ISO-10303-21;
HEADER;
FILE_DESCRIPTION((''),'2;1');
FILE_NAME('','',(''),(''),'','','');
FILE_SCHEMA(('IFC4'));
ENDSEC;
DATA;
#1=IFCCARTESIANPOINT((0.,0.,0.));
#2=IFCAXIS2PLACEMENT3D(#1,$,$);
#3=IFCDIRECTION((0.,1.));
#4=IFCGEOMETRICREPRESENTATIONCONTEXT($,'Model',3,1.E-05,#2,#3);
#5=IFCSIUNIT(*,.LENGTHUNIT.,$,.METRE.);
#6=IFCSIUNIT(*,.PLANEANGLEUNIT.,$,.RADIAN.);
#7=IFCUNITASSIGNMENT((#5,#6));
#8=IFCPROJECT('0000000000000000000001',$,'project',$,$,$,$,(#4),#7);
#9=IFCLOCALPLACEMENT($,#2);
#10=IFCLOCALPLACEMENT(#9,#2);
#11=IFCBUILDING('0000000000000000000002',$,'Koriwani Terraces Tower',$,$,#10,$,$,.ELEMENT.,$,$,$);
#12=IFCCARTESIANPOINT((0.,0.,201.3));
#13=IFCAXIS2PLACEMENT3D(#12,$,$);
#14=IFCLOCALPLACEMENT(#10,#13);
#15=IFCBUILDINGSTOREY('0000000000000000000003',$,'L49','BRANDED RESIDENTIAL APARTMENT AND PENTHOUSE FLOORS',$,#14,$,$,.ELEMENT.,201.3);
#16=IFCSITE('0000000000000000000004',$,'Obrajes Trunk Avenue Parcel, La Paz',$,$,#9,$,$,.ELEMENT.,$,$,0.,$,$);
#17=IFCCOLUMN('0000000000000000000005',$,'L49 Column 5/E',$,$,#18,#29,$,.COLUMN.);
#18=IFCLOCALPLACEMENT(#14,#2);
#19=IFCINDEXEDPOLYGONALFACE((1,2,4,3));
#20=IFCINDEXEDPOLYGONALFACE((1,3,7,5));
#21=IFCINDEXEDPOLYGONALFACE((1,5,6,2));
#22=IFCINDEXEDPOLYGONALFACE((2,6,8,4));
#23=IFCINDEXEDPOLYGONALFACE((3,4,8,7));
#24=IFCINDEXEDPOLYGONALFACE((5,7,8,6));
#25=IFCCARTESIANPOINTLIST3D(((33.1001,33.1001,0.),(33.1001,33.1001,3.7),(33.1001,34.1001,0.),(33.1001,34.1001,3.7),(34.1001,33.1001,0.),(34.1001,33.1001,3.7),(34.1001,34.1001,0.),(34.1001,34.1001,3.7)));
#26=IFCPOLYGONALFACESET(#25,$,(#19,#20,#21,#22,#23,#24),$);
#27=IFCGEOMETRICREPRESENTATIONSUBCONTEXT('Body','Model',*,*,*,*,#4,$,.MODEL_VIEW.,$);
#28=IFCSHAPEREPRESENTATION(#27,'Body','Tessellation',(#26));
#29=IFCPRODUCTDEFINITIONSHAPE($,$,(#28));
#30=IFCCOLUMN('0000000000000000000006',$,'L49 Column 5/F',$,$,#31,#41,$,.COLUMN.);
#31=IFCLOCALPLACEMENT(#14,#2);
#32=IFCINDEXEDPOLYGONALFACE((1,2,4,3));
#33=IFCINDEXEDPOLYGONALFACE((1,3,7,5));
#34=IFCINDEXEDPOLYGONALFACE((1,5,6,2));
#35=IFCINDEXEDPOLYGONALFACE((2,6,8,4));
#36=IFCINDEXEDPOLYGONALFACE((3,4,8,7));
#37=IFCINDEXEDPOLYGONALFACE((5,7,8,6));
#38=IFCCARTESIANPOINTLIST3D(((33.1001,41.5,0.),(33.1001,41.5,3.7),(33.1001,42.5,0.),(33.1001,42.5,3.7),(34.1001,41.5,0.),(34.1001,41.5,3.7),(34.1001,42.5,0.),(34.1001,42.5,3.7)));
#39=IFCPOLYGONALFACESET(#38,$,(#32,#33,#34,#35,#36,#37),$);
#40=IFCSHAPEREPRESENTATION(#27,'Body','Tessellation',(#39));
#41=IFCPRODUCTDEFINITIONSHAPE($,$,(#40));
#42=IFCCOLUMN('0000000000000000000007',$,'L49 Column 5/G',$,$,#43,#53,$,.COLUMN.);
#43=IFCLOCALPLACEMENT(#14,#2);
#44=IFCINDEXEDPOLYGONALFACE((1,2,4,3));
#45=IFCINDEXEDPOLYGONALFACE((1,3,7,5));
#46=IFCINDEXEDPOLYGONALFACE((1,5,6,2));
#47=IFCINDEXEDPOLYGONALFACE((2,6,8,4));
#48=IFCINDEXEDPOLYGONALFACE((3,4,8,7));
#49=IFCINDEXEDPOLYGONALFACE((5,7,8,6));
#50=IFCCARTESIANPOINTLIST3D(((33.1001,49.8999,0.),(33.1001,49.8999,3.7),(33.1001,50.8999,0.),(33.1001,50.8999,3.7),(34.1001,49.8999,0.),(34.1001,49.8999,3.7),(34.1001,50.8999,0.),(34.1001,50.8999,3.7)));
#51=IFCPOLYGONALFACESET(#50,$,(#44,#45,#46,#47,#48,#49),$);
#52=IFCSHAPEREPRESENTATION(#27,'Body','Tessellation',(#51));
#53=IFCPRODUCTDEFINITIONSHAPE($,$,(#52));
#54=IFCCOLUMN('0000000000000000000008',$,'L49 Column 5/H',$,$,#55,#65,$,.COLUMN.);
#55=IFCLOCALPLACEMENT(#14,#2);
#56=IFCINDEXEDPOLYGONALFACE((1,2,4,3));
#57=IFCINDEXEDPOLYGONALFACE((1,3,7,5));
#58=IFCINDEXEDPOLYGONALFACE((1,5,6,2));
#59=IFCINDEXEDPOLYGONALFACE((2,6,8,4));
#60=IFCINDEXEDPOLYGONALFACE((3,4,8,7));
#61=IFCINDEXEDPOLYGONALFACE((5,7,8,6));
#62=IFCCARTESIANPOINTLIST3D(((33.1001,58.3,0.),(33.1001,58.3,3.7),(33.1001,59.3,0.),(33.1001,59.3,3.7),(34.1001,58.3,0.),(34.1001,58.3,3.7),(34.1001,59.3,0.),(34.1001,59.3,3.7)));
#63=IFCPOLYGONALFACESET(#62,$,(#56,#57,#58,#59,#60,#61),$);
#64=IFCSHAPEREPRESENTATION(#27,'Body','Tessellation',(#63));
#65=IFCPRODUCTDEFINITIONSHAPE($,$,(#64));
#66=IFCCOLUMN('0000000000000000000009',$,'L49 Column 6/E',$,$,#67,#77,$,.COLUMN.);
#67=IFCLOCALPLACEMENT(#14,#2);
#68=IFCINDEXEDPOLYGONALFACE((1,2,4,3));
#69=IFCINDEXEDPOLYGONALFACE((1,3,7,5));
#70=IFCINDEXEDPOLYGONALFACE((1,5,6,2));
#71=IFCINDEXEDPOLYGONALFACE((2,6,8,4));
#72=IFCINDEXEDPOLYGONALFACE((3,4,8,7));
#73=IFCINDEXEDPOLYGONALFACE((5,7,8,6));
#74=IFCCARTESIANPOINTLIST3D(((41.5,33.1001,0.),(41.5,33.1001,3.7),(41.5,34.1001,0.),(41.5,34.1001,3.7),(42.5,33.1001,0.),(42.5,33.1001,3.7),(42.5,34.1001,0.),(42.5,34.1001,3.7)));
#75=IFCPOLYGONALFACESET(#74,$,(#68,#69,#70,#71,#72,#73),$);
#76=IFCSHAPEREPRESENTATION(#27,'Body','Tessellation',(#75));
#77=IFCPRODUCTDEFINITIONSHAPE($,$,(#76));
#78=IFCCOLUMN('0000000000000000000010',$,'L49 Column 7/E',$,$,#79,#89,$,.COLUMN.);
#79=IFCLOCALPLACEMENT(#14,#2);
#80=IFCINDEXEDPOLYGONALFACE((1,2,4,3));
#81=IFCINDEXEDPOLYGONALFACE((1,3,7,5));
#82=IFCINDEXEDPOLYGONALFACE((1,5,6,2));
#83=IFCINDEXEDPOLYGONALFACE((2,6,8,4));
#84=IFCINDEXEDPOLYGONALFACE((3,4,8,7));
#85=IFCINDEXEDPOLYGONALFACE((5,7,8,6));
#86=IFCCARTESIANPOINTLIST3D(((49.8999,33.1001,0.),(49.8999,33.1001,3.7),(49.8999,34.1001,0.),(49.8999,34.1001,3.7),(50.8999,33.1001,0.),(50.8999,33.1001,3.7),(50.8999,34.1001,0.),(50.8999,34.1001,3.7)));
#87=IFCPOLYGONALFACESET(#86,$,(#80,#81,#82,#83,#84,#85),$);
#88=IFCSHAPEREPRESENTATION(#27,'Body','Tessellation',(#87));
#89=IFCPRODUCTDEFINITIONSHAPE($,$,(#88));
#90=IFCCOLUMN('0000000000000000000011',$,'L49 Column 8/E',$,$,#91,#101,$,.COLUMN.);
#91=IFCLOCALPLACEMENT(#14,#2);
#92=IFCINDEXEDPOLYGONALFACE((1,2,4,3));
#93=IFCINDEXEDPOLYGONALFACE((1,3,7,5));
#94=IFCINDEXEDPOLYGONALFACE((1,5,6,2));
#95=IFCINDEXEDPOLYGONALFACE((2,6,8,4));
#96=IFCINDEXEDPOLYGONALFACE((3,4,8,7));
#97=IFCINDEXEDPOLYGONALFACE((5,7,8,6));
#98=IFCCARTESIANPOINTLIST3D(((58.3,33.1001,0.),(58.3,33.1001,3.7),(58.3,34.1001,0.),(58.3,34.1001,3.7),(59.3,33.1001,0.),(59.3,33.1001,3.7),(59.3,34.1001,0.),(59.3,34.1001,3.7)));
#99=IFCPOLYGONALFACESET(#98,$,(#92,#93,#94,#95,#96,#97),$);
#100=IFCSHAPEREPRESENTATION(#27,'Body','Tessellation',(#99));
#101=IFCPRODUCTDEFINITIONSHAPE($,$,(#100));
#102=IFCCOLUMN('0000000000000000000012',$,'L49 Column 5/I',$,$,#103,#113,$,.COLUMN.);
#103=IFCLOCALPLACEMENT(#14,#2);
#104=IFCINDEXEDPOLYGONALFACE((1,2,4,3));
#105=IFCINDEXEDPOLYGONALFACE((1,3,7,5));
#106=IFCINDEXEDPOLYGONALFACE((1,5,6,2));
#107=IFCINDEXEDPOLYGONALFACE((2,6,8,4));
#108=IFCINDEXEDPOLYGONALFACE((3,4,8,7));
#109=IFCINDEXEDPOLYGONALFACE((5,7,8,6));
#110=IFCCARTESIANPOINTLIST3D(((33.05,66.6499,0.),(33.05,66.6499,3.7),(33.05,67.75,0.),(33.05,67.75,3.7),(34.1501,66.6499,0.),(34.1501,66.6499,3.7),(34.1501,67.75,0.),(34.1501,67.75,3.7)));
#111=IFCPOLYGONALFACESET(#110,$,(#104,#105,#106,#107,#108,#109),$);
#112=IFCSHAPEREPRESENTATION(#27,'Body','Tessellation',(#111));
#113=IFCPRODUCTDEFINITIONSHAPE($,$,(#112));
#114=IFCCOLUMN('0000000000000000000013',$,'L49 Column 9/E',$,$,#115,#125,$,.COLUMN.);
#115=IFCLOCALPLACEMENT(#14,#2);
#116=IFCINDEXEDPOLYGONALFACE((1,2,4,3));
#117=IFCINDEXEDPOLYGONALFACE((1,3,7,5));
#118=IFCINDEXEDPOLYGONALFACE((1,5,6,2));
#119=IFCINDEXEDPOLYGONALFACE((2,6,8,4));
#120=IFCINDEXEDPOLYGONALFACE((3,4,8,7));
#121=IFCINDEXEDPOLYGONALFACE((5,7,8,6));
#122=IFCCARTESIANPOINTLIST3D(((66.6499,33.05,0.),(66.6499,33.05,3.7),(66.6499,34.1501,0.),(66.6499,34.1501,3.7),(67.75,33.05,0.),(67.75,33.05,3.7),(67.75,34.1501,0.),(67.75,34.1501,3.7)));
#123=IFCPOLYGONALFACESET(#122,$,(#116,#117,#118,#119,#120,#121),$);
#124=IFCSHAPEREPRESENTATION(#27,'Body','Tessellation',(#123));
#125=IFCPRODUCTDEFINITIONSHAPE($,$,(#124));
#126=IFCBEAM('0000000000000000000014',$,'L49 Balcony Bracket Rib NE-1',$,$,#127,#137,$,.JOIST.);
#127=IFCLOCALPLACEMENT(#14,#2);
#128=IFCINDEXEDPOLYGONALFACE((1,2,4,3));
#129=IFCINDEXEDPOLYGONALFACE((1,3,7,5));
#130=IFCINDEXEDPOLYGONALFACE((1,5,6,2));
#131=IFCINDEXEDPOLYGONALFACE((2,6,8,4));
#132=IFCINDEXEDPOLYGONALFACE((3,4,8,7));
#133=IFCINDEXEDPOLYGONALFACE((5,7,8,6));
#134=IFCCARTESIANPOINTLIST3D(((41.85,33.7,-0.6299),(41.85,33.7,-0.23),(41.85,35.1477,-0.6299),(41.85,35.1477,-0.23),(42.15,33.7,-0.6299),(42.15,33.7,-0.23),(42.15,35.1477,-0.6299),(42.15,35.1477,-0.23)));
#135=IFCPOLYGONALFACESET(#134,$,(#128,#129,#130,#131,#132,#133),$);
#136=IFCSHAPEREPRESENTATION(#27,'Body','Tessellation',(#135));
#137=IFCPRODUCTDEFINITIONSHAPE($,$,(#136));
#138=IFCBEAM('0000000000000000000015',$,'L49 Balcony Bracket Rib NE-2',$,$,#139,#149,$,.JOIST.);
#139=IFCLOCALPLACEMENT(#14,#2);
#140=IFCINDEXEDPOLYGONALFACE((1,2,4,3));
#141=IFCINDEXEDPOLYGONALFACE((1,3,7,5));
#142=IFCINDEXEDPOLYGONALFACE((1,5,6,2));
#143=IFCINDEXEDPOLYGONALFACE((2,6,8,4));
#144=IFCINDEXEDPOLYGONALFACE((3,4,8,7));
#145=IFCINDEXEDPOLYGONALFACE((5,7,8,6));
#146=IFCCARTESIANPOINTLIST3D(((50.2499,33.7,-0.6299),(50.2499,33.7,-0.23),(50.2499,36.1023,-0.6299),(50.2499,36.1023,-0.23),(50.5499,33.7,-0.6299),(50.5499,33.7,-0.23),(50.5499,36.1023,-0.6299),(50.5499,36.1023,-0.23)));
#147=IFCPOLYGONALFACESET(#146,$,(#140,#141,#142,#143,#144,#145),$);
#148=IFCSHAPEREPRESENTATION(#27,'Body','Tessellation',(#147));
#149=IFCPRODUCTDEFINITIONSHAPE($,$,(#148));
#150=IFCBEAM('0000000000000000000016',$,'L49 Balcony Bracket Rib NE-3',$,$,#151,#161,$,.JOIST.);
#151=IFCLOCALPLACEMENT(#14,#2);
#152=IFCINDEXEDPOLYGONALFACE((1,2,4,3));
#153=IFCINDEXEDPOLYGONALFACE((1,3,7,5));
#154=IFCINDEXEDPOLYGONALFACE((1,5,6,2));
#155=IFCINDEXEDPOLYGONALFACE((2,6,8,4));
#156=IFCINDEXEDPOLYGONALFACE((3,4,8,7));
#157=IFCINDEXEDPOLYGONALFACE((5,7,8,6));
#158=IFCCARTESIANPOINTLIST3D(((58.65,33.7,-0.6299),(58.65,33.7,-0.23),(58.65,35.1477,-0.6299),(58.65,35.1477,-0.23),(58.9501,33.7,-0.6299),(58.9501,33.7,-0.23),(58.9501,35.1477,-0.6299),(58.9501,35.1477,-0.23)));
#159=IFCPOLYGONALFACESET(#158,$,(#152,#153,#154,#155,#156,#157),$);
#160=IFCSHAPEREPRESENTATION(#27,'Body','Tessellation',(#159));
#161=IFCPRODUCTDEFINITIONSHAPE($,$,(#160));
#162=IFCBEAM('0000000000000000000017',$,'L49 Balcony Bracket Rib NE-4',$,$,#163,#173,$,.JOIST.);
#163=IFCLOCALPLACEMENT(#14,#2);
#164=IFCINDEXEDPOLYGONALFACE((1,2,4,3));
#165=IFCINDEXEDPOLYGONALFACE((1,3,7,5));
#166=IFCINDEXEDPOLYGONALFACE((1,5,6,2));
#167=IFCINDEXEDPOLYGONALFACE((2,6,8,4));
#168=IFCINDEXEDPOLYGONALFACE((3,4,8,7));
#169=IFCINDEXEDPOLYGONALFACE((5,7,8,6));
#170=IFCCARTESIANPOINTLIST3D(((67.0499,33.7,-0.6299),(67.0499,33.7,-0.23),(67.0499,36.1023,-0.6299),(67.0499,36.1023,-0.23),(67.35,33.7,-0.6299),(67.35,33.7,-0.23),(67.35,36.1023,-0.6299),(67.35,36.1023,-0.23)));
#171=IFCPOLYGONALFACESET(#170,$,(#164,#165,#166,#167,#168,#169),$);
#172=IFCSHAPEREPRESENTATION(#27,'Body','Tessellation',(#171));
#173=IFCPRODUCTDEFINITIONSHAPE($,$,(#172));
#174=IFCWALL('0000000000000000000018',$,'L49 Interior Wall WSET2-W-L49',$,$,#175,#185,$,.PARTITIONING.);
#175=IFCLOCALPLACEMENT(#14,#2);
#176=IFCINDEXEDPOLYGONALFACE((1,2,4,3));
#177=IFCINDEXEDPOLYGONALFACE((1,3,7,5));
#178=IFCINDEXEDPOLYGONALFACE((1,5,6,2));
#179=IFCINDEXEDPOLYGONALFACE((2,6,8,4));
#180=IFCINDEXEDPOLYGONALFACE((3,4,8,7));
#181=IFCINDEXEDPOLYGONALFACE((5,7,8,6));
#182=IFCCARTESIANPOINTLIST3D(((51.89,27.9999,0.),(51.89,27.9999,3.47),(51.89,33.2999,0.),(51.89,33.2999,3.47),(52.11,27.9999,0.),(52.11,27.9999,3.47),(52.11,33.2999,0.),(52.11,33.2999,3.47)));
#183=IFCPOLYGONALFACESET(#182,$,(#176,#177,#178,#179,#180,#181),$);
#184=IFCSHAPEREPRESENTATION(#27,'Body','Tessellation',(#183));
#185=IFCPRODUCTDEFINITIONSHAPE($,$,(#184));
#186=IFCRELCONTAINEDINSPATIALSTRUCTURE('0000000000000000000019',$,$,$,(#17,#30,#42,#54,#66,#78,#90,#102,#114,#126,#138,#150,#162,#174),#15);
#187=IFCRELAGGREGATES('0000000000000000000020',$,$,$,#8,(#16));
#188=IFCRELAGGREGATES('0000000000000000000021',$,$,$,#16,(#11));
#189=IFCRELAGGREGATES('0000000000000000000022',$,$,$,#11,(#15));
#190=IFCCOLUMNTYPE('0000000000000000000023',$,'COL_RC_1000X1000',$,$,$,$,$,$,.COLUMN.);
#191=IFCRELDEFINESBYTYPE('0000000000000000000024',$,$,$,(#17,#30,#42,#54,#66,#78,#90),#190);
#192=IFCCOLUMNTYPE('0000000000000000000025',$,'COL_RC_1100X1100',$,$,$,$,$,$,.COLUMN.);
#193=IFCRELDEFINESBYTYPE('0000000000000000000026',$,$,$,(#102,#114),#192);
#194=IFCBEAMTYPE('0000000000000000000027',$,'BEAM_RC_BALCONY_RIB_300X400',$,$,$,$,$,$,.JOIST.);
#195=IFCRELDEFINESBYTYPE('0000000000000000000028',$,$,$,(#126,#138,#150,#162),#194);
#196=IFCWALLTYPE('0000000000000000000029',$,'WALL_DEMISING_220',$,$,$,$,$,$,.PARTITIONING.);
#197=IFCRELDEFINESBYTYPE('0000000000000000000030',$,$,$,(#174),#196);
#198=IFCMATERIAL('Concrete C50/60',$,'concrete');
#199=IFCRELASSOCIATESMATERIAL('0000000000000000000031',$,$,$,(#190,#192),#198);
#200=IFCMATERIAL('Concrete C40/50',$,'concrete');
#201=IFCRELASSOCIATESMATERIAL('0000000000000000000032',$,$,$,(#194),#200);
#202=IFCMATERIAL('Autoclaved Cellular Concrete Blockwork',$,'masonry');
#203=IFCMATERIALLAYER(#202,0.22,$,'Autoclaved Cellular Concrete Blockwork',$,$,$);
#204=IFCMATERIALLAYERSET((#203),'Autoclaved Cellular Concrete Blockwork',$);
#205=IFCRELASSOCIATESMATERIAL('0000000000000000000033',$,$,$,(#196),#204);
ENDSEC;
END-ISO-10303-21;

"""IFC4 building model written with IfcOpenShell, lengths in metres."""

from ifc_helpers import new_model, si_unit, direction, frame, frame_2d, origin, origin_2d, place, context, subcontext, project, spatial, rectangle, extrude, material, layer, layer_set, material_profile, profile_set, type_object, element, save


model = new_model("IFC4")

# Units and contexts
model_context = context("Model", 3, precision=1e-05, world=origin(), true_north=direction((0.0, 1.0)))
body_context = subcontext(model_context, "Body", "Model", "MODEL_VIEW")
ifc_project = project(units=[si_unit("LENGTHUNIT", "METRE"), si_unit("PLANEANGLEUNIT", "RADIAN")], contexts=[model_context])

# Site, building, storey
site_placement = place(None, origin())
site = spatial("IfcSite", under=ifc_project, at=site_placement, Name="Obrajes Trunk Avenue Parcel, La Paz", CompositionType="ELEMENT", RefElevation=0.0)
building_placement = place(site_placement, origin())
building = spatial("IfcBuilding", under=site, at=building_placement, Name="Koriwani Terraces Tower", CompositionType="ELEMENT")
storey_placement = place(building_placement, frame((0.0, 0.0, 201.3)))
storey = spatial("IfcBuildingStorey", under=building, at=storey_placement, Name="L49", Description="BRANDED RESIDENTIAL APARTMENT AND PENTHOUSE FLOORS", CompositionType="ELEMENT", Elevation=201.3)

# Columns
ifc_material_1 = material(Name="Concrete C50/60", Category="concrete")
ifc_material_profile_1 = material_profile(ifc_material_1, rectangle(XDim=1.0, YDim=1.0, at=origin_2d()), Name="Concrete C50/60", Category="LoadBearing")
ifc_profile_set_1 = profile_set([ifc_material_profile_1], Name="Concrete C50/60")
column_type_1 = type_object("IfcColumnType", Name="COL_RC_1000X1000", PredefinedType="COLUMN", material=ifc_profile_set_1)
for number, where, z_axis, x_axis, name in (
    (1, (33.6001, 33.6001, 0.0), (0.0, 0.0, 1.0), (1.0, 0.0, 0.0), "L49 Column 5/E"),
    (2, (33.6001, 42.0, 0.0), (0.0, 0.0, 1.0), (1.0, 0.0, 0.0), "L49 Column 5/F"),
    (3, (33.6001, 50.3999, 0.0), (0.0, 0.0, 1.0), (1.0, 0.0, 0.0), "L49 Column 5/G"),
    (4, (33.6001, 58.8, 0.0), (0.0, 0.0, 1.0), (1.0, 0.0, 0.0), "L49 Column 5/H"),
    (5, (42.0, 33.6001, 0.0), (0.0, 0.0, 1.0), (1.0, 0.0, 0.0), "L49 Column 6/E"),
    (6, (50.3999, 33.6001, 0.0), (0.0, 0.0, 1.0), (1.0, 0.0, 0.0), "L49 Column 7/E"),
    (7, (58.8, 33.6001, 0.0), (0.0, 0.0, 1.0), (1.0, 0.0, 0.0), "L49 Column 8/E"),
):
    element("IfcColumn", number, at=place(storey_placement, frame(where, z_axis=z_axis, x_axis=x_axis)), inside=storey, type_object=column_type_1, Name=name, PredefinedType="COLUMN", context=body_context, shape_type="SweptSolid", body=[
        extrude(rectangle(XDim=1.0, YDim=1.0, at=origin_2d()), origin(), (0.0, 0.0, 1.0), 3.7),
    ])
ifc_material_profile_2 = material_profile(ifc_material_1, rectangle(XDim=1.1001, YDim=1.1001, at=origin_2d()), Name="Concrete C50/60", Category="LoadBearing")
ifc_profile_set_2 = profile_set([ifc_material_profile_2], Name="Concrete C50/60")
column_type_2 = type_object("IfcColumnType", Name="COL_RC_1100X1100", PredefinedType="COLUMN", material=ifc_profile_set_2)
for number, where, z_axis, x_axis, name in (
    (8, (33.6001, 67.2, 0.0), (0.0, 0.0, 1.0), (1.0, 0.0, 0.0), "L49 Column 5/I"),
    (9, (67.2, 33.6001, 0.0), (0.0, 0.0, 1.0), (1.0, 0.0, 0.0), "L49 Column 9/E"),
):
    element("IfcColumn", number, at=place(storey_placement, frame(where, z_axis=z_axis, x_axis=x_axis)), inside=storey, type_object=column_type_2, Name=name, PredefinedType="COLUMN", context=body_context, shape_type="SweptSolid", body=[
        extrude(rectangle(XDim=1.1001, YDim=1.1001, at=origin_2d()), origin(), (0.0, 0.0, 1.0), 3.7),
    ])

# Beams
ifc_material_2 = material(Name="Concrete C40/50", Category="concrete")
ifc_material_profile_3 = material_profile(ifc_material_2, rectangle(XDim=0.3, YDim=0.3999, at=origin_2d()), Name="Concrete C40/50", Category="LoadBearing")
ifc_profile_set_3 = profile_set([ifc_material_profile_3], Name="Concrete C40/50")
beam_type = type_object("IfcBeamType", Name="BEAM_RC_BALCONY_RIB_300X400", PredefinedType="JOIST", material=ifc_profile_set_3)
beam_1_placement = place(storey_placement, frame((42.0, 33.7, -0.4299), z_axis=(0.0, 1.0, 0.0), x_axis=(-1.0, 0.0, 0.0)))
element("IfcBeam", 10, at=beam_1_placement, inside=storey, type_object=beam_type, Name="L49 Balcony Bracket Rib NE-1", PredefinedType="JOIST", context=body_context, shape_type="SweptSolid", body=[
    extrude(rectangle(XDim=0.3, YDim=0.3999, at=origin_2d()), origin(), (0.0, 0.0, 1.0), 1.4478),
])
beam_2_placement = place(storey_placement, frame((50.3999, 33.7, -0.4299), z_axis=(0.0, 1.0, 0.0), x_axis=(-1.0, 0.0, 0.0)))
element("IfcBeam", 11, at=beam_2_placement, inside=storey, type_object=beam_type, Name="L49 Balcony Bracket Rib NE-2", PredefinedType="JOIST", context=body_context, shape_type="SweptSolid", body=[
    extrude(rectangle(XDim=0.3, YDim=0.3999, at=origin_2d()), origin(), (0.0, 0.0, 1.0), 2.4023),
])
beam_3_placement = place(storey_placement, frame((58.8, 33.7, -0.4299), z_axis=(0.0, 1.0, 0.0), x_axis=(-1.0, 0.0, 0.0)))
element("IfcBeam", 12, at=beam_3_placement, inside=storey, type_object=beam_type, Name="L49 Balcony Bracket Rib NE-3", PredefinedType="JOIST", context=body_context, shape_type="SweptSolid", body=[
    extrude(rectangle(XDim=0.3, YDim=0.3999, at=origin_2d()), origin(), (0.0, 0.0, 1.0), 1.4478),
])
beam_4_placement = place(storey_placement, frame((67.2, 33.7, -0.4299), z_axis=(0.0, 1.0, 0.0), x_axis=(-1.0, 0.0, 0.0)))
element("IfcBeam", 13, at=beam_4_placement, inside=storey, type_object=beam_type, Name="L49 Balcony Bracket Rib NE-4", PredefinedType="JOIST", context=body_context, shape_type="SweptSolid", body=[
    extrude(rectangle(XDim=0.3, YDim=0.3999, at=origin_2d()), origin(), (0.0, 0.0, 1.0), 2.4023),
])

# Wall
ifc_material_3 = material(Name="Autoclaved Cellular Concrete Blockwork", Category="masonry")
ifc_layer_1 = layer(ifc_material_3, 0.22, Name="Autoclaved Cellular Concrete Blockwork")
ifc_layer_set_1 = layer_set([ifc_layer_1], Name="Autoclaved Cellular Concrete Blockwork")
wall_type_1 = type_object("IfcWallType", Name="WALL_DEMISING_220", PredefinedType="PARTITIONING", material=ifc_layer_set_1)
wall_1_placement = place(storey_placement, frame((52.0, 28.0, 0.0), z_axis=(0.0, 0.0, 1.0), x_axis=(0.0, 1.0, 0.0)))
element("IfcWall", 14, at=wall_1_placement, inside=storey, type_object=wall_type_1, Name="L49 Interior Wall WSET2-W-L49", PredefinedType="PARTITIONING", context=body_context, shape_type="SweptSolid", body=[
    extrude(rectangle(XDim=5.3, YDim=0.22, at=frame_2d((2.6499, 0.0))), origin(), (0.0, 0.0, 1.0), 3.47),
])

save(model, "model.ifc")
